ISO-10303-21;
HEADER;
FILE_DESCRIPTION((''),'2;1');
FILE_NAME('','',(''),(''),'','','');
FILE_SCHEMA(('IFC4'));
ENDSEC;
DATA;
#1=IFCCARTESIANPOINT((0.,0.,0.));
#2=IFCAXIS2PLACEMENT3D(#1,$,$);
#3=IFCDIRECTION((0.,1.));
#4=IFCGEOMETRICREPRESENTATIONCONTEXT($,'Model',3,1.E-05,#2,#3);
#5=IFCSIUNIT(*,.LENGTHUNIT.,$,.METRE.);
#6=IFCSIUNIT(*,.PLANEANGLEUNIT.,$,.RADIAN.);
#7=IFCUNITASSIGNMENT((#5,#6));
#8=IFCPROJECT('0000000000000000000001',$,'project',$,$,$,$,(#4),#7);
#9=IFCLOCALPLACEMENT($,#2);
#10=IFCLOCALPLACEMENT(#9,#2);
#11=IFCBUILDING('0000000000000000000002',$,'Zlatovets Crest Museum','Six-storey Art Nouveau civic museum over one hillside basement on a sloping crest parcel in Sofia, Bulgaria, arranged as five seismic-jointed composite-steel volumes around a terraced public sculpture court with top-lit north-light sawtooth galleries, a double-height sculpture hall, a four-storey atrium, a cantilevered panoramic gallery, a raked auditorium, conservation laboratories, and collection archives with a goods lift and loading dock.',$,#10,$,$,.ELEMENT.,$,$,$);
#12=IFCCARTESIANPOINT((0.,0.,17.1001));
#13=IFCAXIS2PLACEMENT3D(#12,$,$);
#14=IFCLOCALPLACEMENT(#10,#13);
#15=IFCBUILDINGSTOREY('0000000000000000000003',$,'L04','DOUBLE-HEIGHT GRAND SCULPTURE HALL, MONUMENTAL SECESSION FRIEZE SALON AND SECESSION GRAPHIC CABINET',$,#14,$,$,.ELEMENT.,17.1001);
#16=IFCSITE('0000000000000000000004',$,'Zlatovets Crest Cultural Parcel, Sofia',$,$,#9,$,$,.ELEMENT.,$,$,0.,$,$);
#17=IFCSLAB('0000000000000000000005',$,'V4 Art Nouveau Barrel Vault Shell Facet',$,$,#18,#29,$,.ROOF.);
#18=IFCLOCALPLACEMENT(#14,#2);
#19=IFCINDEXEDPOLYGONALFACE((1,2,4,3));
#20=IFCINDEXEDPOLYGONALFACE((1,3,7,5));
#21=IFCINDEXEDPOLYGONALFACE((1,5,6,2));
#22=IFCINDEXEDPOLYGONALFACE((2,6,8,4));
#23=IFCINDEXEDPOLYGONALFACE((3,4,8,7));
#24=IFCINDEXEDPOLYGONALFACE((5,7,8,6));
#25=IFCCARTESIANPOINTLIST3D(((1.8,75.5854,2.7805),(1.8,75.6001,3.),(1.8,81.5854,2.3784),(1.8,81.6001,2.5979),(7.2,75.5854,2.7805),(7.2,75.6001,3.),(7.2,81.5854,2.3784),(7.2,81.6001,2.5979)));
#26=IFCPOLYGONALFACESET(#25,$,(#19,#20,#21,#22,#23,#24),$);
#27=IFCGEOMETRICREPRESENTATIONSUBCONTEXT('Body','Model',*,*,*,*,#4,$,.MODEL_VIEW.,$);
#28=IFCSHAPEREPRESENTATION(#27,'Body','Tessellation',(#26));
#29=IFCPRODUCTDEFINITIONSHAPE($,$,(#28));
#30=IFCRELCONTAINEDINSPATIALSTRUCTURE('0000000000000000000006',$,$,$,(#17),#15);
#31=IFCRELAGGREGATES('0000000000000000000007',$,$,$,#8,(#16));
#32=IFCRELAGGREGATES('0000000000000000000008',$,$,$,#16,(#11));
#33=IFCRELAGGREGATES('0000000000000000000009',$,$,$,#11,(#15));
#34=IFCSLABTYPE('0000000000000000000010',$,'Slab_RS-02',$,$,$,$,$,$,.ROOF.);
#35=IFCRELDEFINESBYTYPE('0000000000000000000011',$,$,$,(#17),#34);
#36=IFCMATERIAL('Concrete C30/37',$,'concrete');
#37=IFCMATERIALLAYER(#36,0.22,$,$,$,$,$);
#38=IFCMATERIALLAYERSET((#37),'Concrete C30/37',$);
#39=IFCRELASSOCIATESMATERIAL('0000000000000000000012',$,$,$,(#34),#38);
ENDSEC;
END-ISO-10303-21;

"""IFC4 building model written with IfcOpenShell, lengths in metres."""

from ifc_helpers import new_model, si_unit, direction, frame, origin, place, context, subcontext, project, spatial, polyline, outline, extrude, material, layer, layer_set, type_object, element, save


model = new_model("IFC4")

# Units and contexts
model_context = context("Model", 3, precision=1e-05, world=origin(), true_north=direction((0.0, 1.0)))
body_context = subcontext(model_context, "Body", "Model", "MODEL_VIEW")
ifc_project = project(units=[si_unit("LENGTHUNIT", "METRE"), si_unit("PLANEANGLEUNIT", "RADIAN")], contexts=[model_context])

# Site, building, storey
site_placement = place(None, origin())
site = spatial("IfcSite", under=ifc_project, at=site_placement, Name="Zlatovets Crest Cultural Parcel, Sofia", CompositionType="ELEMENT", RefElevation=0.0)
building_placement = place(site_placement, origin())
building = spatial("IfcBuilding", under=site, at=building_placement, Name="Zlatovets Crest Museum", Description="Six-storey Art Nouveau civic museum over one hillside basement on a sloping crest parcel in Sofia, Bulgaria, arranged as five seismic-jointed composite-steel volumes around a terraced public sculpture court with top-lit north-light sawtooth galleries, a double-height sculpture hall, a four-storey atrium, a cantilevered panoramic gallery, a raked auditorium, conservation laboratories, and collection archives with a goods lift and loading dock.", CompositionType="ELEMENT")
storey_placement = place(building_placement, frame((0.0, 0.0, 17.1001)))
storey = spatial("IfcBuildingStorey", under=building, at=storey_placement, Name="L04", Description="DOUBLE-HEIGHT GRAND SCULPTURE HALL, MONUMENTAL SECESSION FRIEZE SALON AND SECESSION GRAPHIC CABINET", CompositionType="ELEMENT", Elevation=17.1001)

# Slab
ifc_material_1 = material(Name="Concrete C30/37", Category="concrete")
ifc_layer = layer(ifc_material_1, 0.22)
ifc_layer_set = layer_set([ifc_layer], Name="Concrete C30/37")
slab_type = type_object("IfcSlabType", Name="Slab_RS-02", PredefinedType="ROOF", material=ifc_layer_set)
for number, where, z_axis, x_axis, name in (
    (1, (1.8, 75.6001, 3.0), (0.0, 0.066867, 0.997762), (1.0, 0.0, 0.0), "V4 Art Nouveau Barrel Vault Shell Facet"),
):
    element("IfcSlab", number, at=place(storey_placement, frame(where, z_axis=z_axis, x_axis=x_axis)), inside=storey, type_object=slab_type, Name=name, PredefinedType="ROOF", context=body_context, shape_type="SweptSolid", body=[
        extrude(outline(polyline([(0.0, 0.0), (5.3999, 0.0), (5.3999, 6.0135), (0.0, 6.0135), (0.0, 0.0)])), origin(), (0.0, 0.0, -1.0), 0.22),
    ])

save(model, "model.ifc")
